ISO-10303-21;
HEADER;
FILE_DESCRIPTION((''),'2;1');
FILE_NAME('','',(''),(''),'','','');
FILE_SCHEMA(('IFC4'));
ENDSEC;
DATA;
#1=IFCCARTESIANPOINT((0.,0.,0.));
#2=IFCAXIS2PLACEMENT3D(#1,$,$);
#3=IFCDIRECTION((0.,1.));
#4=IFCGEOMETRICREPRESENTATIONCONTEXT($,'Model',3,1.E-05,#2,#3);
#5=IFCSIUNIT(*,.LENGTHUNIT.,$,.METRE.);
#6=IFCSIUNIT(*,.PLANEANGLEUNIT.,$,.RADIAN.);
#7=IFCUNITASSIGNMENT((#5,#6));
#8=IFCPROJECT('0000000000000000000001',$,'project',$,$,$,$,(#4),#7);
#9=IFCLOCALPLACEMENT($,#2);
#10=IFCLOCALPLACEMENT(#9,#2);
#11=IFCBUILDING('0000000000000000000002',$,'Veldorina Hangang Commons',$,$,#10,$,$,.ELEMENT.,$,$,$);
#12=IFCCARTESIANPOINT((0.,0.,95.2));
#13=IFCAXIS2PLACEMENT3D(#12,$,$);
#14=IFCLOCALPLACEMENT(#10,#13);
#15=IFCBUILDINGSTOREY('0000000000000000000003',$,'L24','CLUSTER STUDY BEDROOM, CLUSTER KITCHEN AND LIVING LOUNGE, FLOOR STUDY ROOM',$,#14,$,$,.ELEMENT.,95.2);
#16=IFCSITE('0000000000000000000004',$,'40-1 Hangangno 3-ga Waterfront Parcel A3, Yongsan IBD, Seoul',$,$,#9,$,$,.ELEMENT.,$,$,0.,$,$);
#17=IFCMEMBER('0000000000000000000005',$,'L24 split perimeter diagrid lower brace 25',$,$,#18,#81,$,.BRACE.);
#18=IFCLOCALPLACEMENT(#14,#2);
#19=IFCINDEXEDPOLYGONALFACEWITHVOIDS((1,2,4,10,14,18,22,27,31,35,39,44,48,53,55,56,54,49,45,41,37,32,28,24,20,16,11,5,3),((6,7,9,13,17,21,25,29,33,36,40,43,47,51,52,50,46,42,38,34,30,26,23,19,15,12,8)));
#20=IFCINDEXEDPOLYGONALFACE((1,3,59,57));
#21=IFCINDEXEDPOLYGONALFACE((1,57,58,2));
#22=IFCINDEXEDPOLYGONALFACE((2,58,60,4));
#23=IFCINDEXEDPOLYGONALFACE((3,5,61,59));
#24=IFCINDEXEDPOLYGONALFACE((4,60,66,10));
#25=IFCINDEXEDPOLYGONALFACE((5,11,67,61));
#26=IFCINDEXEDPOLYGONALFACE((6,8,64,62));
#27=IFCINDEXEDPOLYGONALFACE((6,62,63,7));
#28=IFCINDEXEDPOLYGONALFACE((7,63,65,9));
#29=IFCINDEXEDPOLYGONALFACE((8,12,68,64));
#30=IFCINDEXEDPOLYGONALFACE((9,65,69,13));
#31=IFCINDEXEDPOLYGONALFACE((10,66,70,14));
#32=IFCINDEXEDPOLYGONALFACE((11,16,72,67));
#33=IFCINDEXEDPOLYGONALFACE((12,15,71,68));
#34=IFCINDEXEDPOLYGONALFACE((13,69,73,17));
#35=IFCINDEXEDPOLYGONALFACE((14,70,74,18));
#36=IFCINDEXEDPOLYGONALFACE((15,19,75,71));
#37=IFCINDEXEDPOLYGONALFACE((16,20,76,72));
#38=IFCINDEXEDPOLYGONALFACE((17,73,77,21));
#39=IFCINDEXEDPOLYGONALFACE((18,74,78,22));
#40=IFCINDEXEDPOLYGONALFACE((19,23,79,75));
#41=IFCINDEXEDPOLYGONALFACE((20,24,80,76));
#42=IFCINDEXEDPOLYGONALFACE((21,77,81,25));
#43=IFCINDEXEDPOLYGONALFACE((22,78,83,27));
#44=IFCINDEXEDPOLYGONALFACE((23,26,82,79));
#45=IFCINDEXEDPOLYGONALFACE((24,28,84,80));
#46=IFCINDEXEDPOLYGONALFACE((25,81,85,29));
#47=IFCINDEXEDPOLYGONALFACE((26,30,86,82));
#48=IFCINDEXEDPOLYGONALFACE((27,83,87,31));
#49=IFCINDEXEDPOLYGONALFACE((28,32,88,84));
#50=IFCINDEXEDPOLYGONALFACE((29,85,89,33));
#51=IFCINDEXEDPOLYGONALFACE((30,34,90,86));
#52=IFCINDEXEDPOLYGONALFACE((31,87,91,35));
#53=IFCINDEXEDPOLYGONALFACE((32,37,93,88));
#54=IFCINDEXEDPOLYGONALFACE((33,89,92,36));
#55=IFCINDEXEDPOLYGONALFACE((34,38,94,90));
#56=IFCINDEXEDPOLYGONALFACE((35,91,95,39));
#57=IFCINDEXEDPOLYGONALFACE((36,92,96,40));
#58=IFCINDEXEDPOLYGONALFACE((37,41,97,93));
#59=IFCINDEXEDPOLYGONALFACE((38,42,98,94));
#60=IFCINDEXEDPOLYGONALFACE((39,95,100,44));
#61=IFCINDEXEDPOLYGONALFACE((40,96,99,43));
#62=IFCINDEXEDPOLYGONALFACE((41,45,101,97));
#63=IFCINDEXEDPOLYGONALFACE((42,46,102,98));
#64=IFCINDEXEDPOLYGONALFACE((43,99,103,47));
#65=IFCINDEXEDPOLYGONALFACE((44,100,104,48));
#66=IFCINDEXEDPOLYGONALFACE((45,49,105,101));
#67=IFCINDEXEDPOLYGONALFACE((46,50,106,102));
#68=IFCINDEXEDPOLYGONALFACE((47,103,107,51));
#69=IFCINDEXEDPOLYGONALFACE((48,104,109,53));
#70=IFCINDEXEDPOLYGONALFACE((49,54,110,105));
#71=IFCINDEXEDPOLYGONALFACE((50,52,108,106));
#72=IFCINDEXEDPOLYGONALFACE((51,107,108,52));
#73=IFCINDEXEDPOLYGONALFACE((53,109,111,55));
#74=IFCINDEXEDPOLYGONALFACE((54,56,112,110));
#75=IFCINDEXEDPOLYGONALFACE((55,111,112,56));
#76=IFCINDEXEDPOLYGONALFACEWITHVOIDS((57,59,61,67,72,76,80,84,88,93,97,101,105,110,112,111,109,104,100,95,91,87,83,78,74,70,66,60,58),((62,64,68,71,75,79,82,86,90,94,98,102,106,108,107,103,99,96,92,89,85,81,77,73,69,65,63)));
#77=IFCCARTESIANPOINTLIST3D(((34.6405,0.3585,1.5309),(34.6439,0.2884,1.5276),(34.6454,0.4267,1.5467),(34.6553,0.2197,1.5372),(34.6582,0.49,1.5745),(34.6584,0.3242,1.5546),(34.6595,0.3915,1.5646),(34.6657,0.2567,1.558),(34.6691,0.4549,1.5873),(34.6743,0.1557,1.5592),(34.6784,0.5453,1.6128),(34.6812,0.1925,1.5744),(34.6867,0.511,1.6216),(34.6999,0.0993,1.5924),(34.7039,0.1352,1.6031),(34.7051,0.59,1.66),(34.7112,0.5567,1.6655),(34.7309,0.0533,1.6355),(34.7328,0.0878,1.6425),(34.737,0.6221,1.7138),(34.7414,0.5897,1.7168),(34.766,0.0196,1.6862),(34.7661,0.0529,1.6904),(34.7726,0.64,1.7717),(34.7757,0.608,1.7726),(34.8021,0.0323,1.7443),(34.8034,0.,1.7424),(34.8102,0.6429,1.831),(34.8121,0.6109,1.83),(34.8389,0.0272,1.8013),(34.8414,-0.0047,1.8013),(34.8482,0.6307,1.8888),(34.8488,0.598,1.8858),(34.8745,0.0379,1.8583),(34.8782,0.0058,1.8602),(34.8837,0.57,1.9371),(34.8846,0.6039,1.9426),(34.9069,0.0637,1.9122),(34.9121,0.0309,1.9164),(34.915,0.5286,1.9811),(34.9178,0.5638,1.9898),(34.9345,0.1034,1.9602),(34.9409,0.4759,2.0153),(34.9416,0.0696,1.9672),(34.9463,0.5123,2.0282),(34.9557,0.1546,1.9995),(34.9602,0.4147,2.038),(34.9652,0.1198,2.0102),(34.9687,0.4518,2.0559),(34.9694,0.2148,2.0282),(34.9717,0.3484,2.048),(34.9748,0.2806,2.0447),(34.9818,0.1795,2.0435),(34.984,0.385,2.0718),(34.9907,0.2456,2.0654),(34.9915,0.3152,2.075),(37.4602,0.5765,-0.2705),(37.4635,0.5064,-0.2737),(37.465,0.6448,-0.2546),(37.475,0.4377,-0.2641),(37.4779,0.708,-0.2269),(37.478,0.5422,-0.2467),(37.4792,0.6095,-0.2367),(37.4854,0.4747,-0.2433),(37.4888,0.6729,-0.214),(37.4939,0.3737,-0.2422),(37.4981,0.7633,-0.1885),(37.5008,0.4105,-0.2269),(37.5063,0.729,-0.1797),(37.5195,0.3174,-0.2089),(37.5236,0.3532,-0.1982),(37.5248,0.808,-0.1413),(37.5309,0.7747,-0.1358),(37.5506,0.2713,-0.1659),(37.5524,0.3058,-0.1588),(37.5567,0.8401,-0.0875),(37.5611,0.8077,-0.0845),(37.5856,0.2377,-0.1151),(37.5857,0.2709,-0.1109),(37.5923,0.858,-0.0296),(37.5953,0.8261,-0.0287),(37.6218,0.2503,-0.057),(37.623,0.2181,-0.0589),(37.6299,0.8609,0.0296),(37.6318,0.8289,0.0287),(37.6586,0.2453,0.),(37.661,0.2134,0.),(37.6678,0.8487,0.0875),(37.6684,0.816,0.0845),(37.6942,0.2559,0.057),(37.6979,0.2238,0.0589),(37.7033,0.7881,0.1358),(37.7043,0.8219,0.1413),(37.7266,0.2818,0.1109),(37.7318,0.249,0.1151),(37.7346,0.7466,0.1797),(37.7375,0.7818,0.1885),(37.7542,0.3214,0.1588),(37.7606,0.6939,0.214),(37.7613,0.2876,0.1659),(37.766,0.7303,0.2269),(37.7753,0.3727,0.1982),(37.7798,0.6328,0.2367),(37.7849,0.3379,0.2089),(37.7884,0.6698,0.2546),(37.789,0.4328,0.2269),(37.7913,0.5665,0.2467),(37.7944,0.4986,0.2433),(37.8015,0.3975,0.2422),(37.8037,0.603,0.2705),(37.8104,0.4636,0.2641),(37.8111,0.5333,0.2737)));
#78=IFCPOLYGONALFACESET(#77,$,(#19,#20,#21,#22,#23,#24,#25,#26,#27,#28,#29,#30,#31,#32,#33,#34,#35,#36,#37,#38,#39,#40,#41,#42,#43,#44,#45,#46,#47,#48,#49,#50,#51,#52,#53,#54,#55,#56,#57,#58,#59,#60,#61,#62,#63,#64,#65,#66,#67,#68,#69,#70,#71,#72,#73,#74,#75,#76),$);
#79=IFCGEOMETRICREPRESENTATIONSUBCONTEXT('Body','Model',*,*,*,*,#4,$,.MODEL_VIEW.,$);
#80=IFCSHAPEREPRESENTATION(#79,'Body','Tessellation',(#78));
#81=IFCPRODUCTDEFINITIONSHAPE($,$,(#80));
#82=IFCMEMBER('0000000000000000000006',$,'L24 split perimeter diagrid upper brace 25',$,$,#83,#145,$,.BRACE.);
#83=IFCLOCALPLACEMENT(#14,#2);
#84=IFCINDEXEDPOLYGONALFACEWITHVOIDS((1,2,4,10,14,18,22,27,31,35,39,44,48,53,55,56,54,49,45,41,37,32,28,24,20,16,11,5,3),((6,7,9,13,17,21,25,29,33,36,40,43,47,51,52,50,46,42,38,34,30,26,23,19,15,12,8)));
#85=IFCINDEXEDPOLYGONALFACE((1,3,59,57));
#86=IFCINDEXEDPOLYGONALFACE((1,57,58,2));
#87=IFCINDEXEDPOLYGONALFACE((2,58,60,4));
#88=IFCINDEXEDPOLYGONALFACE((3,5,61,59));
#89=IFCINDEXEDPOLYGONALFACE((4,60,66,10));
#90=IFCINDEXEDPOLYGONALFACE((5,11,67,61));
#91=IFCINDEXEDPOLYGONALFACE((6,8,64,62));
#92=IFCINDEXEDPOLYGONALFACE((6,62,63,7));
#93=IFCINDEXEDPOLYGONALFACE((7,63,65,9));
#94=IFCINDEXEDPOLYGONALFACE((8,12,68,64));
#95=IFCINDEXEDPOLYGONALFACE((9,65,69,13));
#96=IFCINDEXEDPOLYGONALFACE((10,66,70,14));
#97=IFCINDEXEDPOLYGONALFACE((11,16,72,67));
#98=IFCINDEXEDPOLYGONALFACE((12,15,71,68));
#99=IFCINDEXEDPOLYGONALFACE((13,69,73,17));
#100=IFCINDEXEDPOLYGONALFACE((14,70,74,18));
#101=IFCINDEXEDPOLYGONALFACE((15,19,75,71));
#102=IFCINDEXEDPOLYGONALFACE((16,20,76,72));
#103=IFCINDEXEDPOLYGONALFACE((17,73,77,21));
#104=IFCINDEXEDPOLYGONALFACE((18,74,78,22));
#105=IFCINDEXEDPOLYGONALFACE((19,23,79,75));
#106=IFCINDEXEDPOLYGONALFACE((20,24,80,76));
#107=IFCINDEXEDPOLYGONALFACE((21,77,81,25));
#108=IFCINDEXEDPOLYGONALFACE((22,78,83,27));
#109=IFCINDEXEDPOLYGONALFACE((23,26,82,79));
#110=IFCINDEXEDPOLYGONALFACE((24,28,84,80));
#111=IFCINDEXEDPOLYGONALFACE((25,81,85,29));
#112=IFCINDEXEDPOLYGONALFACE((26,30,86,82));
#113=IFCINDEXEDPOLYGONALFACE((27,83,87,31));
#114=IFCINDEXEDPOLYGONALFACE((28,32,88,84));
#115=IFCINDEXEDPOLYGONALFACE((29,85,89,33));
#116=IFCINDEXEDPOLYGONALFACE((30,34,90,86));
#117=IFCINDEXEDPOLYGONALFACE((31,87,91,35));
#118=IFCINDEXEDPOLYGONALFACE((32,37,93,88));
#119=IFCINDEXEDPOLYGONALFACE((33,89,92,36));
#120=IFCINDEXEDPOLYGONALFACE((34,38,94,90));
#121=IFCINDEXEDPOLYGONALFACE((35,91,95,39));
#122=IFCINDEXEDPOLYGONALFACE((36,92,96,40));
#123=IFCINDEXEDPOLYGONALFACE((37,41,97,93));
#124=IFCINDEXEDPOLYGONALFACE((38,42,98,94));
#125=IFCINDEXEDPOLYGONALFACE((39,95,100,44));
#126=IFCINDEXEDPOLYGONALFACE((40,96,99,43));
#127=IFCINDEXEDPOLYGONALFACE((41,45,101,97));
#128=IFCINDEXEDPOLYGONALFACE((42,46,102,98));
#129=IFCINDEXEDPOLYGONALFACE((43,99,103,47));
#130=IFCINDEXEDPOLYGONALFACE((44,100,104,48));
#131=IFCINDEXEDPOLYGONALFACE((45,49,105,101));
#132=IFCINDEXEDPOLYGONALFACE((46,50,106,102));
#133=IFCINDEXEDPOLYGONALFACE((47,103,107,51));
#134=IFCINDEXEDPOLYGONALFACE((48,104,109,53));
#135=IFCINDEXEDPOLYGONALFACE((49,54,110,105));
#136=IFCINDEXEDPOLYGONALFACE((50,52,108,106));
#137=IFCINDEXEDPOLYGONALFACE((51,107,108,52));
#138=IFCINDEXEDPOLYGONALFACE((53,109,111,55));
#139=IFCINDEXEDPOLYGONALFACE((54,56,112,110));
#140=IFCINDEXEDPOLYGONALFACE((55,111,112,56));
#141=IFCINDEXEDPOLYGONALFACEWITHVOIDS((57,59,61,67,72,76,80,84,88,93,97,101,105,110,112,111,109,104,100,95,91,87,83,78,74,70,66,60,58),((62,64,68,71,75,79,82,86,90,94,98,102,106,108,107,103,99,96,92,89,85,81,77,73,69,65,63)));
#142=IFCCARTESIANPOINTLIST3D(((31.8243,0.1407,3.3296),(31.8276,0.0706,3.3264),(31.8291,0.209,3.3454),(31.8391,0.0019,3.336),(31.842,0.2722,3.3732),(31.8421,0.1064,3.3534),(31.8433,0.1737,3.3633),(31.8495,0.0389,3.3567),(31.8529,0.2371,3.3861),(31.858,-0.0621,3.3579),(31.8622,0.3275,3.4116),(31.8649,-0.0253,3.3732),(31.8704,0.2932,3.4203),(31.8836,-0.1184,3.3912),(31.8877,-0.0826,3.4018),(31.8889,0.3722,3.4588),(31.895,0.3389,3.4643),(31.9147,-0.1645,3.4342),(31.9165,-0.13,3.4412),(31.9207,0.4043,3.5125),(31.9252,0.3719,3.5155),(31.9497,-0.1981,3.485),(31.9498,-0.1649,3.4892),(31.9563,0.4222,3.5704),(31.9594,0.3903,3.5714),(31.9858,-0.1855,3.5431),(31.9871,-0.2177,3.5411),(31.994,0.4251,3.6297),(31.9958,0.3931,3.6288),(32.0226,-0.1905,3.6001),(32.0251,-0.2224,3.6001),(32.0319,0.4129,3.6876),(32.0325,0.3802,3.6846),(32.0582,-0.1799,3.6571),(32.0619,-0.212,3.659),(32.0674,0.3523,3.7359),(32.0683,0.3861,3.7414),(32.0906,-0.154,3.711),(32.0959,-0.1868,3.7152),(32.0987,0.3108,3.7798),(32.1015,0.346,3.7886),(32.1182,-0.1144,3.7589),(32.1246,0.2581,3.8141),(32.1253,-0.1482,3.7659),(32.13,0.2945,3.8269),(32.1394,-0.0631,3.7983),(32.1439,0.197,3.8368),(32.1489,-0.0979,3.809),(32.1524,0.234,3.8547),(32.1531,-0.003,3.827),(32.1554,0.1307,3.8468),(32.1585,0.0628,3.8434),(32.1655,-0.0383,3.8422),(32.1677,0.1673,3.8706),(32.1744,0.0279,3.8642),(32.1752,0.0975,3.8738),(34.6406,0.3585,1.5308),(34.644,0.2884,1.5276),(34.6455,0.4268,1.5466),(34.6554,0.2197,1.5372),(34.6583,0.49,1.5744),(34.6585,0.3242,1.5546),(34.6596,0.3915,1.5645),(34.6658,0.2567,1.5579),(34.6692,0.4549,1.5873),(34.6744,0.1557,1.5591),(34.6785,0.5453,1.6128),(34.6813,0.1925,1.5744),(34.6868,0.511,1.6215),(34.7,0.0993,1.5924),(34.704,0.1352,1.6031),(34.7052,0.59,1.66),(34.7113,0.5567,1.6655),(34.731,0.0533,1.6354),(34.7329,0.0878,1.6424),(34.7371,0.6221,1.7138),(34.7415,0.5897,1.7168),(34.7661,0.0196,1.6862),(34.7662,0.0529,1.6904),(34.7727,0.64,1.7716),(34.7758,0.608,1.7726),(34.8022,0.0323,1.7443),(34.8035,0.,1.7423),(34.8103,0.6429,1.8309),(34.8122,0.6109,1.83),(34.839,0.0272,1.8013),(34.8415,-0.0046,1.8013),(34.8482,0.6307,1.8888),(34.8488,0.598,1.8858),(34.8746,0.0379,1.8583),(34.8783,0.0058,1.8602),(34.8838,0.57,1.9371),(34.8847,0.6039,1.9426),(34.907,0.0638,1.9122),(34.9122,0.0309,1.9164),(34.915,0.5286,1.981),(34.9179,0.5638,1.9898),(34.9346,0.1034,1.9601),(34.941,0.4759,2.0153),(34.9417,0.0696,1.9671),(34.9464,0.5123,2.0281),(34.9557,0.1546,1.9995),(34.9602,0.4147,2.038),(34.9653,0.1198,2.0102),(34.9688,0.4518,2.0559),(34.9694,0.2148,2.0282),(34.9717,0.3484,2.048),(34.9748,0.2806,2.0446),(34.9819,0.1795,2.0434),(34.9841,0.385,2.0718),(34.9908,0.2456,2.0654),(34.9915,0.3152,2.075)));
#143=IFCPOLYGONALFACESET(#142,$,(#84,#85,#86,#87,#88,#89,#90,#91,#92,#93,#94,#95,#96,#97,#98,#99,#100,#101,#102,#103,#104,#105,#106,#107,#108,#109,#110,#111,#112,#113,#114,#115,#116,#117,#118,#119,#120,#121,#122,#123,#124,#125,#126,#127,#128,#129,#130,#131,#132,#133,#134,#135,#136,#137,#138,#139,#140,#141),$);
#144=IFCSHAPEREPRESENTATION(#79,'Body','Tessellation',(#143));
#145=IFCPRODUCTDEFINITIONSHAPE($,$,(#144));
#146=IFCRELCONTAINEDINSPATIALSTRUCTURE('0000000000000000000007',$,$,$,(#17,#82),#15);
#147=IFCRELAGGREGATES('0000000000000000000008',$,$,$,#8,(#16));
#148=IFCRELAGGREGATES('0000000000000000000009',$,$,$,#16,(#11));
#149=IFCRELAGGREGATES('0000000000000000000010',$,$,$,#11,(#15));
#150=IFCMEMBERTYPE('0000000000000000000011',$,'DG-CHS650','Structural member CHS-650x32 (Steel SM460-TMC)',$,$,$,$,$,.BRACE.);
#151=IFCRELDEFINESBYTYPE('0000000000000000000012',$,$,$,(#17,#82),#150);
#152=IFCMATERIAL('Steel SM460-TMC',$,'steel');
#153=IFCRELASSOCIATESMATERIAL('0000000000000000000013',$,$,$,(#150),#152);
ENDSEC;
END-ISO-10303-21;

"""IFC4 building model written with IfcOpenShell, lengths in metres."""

from ifc_helpers import new_model, si_unit, direction, frame, origin, origin_2d, place, context, subcontext, project, spatial, hollow_circle, extrude, material, material_profile, profile_set, type_object, element, save


model = new_model("IFC4")

# Units and contexts
model_context = context("Model", 3, precision=1e-05, world=origin(), true_north=direction((0.0, 1.0)))
body_context = subcontext(model_context, "Body", "Model", "MODEL_VIEW")
ifc_project = project(units=[si_unit("LENGTHUNIT", "METRE"), si_unit("PLANEANGLEUNIT", "RADIAN")], contexts=[model_context])

# Site, building, storey
site_placement = place(None, origin())
site = spatial("IfcSite", under=ifc_project, at=site_placement, Name="40-1 Hangangno 3-ga Waterfront Parcel A3, Yongsan IBD, Seoul", CompositionType="ELEMENT", RefElevation=0.0)
building_placement = place(site_placement, origin())
building = spatial("IfcBuilding", under=site, at=building_placement, Name="Veldorina Hangang Commons", CompositionType="ELEMENT")
storey_placement = place(building_placement, frame((0.0, 0.0, 95.2)))
storey = spatial("IfcBuildingStorey", under=building, at=storey_placement, Name="L24", Description="CLUSTER STUDY BEDROOM, CLUSTER KITCHEN AND LIVING LOUNGE, FLOOR STUDY ROOM", CompositionType="ELEMENT", Elevation=95.2)

# Members
ifc_material_1 = material(Name="Steel SM460-TMC", Category="steel")
ifc_material_profile_1 = material_profile(ifc_material_1, hollow_circle(Radius=0.325, WallThickness=0.032, at=origin_2d()), Name="CHS-650x32")
ifc_profile_set_1 = profile_set([ifc_material_profile_1], Name="Steel SM460-TMC")
member_type_1 = type_object("IfcMemberType", Name="DG-CHS650", Description="Structural member CHS-650x32 (Steel SM460-TMC)", PredefinedType="BRACE", material=ifc_profile_set_1)
member_1_placement = place(storey_placement, frame((37.636, 0.5374, 0.0), z_axis=(-0.84093, -0.065023, 0.537223), x_axis=(0.077093, -0.997024, 0.0)))
element("IfcMember", 1, at=member_1_placement, inside=storey, type_object=member_type_1, Name="L24 split perimeter diagrid lower brace 25", PredefinedType="BRACE", context=body_context, shape_type="SweptSolid", body=[
    extrude(hollow_circle(Radius=0.325, WallThickness=0.032, at=origin_2d()), origin(), (0.0, 0.0, 1.0), 3.353),
])
member_2_placement = place(storey_placement, frame((34.8164, 0.3193, 1.8013), z_axis=(-0.840986, -0.065028, 0.537135), x_axis=(0.077093, -0.997024, 0.0)))
element("IfcMember", 2, at=member_2_placement, inside=storey, type_object=member_type_1, Name="L24 split perimeter diagrid upper brace 25", PredefinedType="BRACE", context=body_context, shape_type="SweptSolid", body=[
    extrude(hollow_circle(Radius=0.325, WallThickness=0.032, at=origin_2d()), origin(), (0.0, 0.0, 1.0), 3.3489),
])

save(model, "model.ifc")
